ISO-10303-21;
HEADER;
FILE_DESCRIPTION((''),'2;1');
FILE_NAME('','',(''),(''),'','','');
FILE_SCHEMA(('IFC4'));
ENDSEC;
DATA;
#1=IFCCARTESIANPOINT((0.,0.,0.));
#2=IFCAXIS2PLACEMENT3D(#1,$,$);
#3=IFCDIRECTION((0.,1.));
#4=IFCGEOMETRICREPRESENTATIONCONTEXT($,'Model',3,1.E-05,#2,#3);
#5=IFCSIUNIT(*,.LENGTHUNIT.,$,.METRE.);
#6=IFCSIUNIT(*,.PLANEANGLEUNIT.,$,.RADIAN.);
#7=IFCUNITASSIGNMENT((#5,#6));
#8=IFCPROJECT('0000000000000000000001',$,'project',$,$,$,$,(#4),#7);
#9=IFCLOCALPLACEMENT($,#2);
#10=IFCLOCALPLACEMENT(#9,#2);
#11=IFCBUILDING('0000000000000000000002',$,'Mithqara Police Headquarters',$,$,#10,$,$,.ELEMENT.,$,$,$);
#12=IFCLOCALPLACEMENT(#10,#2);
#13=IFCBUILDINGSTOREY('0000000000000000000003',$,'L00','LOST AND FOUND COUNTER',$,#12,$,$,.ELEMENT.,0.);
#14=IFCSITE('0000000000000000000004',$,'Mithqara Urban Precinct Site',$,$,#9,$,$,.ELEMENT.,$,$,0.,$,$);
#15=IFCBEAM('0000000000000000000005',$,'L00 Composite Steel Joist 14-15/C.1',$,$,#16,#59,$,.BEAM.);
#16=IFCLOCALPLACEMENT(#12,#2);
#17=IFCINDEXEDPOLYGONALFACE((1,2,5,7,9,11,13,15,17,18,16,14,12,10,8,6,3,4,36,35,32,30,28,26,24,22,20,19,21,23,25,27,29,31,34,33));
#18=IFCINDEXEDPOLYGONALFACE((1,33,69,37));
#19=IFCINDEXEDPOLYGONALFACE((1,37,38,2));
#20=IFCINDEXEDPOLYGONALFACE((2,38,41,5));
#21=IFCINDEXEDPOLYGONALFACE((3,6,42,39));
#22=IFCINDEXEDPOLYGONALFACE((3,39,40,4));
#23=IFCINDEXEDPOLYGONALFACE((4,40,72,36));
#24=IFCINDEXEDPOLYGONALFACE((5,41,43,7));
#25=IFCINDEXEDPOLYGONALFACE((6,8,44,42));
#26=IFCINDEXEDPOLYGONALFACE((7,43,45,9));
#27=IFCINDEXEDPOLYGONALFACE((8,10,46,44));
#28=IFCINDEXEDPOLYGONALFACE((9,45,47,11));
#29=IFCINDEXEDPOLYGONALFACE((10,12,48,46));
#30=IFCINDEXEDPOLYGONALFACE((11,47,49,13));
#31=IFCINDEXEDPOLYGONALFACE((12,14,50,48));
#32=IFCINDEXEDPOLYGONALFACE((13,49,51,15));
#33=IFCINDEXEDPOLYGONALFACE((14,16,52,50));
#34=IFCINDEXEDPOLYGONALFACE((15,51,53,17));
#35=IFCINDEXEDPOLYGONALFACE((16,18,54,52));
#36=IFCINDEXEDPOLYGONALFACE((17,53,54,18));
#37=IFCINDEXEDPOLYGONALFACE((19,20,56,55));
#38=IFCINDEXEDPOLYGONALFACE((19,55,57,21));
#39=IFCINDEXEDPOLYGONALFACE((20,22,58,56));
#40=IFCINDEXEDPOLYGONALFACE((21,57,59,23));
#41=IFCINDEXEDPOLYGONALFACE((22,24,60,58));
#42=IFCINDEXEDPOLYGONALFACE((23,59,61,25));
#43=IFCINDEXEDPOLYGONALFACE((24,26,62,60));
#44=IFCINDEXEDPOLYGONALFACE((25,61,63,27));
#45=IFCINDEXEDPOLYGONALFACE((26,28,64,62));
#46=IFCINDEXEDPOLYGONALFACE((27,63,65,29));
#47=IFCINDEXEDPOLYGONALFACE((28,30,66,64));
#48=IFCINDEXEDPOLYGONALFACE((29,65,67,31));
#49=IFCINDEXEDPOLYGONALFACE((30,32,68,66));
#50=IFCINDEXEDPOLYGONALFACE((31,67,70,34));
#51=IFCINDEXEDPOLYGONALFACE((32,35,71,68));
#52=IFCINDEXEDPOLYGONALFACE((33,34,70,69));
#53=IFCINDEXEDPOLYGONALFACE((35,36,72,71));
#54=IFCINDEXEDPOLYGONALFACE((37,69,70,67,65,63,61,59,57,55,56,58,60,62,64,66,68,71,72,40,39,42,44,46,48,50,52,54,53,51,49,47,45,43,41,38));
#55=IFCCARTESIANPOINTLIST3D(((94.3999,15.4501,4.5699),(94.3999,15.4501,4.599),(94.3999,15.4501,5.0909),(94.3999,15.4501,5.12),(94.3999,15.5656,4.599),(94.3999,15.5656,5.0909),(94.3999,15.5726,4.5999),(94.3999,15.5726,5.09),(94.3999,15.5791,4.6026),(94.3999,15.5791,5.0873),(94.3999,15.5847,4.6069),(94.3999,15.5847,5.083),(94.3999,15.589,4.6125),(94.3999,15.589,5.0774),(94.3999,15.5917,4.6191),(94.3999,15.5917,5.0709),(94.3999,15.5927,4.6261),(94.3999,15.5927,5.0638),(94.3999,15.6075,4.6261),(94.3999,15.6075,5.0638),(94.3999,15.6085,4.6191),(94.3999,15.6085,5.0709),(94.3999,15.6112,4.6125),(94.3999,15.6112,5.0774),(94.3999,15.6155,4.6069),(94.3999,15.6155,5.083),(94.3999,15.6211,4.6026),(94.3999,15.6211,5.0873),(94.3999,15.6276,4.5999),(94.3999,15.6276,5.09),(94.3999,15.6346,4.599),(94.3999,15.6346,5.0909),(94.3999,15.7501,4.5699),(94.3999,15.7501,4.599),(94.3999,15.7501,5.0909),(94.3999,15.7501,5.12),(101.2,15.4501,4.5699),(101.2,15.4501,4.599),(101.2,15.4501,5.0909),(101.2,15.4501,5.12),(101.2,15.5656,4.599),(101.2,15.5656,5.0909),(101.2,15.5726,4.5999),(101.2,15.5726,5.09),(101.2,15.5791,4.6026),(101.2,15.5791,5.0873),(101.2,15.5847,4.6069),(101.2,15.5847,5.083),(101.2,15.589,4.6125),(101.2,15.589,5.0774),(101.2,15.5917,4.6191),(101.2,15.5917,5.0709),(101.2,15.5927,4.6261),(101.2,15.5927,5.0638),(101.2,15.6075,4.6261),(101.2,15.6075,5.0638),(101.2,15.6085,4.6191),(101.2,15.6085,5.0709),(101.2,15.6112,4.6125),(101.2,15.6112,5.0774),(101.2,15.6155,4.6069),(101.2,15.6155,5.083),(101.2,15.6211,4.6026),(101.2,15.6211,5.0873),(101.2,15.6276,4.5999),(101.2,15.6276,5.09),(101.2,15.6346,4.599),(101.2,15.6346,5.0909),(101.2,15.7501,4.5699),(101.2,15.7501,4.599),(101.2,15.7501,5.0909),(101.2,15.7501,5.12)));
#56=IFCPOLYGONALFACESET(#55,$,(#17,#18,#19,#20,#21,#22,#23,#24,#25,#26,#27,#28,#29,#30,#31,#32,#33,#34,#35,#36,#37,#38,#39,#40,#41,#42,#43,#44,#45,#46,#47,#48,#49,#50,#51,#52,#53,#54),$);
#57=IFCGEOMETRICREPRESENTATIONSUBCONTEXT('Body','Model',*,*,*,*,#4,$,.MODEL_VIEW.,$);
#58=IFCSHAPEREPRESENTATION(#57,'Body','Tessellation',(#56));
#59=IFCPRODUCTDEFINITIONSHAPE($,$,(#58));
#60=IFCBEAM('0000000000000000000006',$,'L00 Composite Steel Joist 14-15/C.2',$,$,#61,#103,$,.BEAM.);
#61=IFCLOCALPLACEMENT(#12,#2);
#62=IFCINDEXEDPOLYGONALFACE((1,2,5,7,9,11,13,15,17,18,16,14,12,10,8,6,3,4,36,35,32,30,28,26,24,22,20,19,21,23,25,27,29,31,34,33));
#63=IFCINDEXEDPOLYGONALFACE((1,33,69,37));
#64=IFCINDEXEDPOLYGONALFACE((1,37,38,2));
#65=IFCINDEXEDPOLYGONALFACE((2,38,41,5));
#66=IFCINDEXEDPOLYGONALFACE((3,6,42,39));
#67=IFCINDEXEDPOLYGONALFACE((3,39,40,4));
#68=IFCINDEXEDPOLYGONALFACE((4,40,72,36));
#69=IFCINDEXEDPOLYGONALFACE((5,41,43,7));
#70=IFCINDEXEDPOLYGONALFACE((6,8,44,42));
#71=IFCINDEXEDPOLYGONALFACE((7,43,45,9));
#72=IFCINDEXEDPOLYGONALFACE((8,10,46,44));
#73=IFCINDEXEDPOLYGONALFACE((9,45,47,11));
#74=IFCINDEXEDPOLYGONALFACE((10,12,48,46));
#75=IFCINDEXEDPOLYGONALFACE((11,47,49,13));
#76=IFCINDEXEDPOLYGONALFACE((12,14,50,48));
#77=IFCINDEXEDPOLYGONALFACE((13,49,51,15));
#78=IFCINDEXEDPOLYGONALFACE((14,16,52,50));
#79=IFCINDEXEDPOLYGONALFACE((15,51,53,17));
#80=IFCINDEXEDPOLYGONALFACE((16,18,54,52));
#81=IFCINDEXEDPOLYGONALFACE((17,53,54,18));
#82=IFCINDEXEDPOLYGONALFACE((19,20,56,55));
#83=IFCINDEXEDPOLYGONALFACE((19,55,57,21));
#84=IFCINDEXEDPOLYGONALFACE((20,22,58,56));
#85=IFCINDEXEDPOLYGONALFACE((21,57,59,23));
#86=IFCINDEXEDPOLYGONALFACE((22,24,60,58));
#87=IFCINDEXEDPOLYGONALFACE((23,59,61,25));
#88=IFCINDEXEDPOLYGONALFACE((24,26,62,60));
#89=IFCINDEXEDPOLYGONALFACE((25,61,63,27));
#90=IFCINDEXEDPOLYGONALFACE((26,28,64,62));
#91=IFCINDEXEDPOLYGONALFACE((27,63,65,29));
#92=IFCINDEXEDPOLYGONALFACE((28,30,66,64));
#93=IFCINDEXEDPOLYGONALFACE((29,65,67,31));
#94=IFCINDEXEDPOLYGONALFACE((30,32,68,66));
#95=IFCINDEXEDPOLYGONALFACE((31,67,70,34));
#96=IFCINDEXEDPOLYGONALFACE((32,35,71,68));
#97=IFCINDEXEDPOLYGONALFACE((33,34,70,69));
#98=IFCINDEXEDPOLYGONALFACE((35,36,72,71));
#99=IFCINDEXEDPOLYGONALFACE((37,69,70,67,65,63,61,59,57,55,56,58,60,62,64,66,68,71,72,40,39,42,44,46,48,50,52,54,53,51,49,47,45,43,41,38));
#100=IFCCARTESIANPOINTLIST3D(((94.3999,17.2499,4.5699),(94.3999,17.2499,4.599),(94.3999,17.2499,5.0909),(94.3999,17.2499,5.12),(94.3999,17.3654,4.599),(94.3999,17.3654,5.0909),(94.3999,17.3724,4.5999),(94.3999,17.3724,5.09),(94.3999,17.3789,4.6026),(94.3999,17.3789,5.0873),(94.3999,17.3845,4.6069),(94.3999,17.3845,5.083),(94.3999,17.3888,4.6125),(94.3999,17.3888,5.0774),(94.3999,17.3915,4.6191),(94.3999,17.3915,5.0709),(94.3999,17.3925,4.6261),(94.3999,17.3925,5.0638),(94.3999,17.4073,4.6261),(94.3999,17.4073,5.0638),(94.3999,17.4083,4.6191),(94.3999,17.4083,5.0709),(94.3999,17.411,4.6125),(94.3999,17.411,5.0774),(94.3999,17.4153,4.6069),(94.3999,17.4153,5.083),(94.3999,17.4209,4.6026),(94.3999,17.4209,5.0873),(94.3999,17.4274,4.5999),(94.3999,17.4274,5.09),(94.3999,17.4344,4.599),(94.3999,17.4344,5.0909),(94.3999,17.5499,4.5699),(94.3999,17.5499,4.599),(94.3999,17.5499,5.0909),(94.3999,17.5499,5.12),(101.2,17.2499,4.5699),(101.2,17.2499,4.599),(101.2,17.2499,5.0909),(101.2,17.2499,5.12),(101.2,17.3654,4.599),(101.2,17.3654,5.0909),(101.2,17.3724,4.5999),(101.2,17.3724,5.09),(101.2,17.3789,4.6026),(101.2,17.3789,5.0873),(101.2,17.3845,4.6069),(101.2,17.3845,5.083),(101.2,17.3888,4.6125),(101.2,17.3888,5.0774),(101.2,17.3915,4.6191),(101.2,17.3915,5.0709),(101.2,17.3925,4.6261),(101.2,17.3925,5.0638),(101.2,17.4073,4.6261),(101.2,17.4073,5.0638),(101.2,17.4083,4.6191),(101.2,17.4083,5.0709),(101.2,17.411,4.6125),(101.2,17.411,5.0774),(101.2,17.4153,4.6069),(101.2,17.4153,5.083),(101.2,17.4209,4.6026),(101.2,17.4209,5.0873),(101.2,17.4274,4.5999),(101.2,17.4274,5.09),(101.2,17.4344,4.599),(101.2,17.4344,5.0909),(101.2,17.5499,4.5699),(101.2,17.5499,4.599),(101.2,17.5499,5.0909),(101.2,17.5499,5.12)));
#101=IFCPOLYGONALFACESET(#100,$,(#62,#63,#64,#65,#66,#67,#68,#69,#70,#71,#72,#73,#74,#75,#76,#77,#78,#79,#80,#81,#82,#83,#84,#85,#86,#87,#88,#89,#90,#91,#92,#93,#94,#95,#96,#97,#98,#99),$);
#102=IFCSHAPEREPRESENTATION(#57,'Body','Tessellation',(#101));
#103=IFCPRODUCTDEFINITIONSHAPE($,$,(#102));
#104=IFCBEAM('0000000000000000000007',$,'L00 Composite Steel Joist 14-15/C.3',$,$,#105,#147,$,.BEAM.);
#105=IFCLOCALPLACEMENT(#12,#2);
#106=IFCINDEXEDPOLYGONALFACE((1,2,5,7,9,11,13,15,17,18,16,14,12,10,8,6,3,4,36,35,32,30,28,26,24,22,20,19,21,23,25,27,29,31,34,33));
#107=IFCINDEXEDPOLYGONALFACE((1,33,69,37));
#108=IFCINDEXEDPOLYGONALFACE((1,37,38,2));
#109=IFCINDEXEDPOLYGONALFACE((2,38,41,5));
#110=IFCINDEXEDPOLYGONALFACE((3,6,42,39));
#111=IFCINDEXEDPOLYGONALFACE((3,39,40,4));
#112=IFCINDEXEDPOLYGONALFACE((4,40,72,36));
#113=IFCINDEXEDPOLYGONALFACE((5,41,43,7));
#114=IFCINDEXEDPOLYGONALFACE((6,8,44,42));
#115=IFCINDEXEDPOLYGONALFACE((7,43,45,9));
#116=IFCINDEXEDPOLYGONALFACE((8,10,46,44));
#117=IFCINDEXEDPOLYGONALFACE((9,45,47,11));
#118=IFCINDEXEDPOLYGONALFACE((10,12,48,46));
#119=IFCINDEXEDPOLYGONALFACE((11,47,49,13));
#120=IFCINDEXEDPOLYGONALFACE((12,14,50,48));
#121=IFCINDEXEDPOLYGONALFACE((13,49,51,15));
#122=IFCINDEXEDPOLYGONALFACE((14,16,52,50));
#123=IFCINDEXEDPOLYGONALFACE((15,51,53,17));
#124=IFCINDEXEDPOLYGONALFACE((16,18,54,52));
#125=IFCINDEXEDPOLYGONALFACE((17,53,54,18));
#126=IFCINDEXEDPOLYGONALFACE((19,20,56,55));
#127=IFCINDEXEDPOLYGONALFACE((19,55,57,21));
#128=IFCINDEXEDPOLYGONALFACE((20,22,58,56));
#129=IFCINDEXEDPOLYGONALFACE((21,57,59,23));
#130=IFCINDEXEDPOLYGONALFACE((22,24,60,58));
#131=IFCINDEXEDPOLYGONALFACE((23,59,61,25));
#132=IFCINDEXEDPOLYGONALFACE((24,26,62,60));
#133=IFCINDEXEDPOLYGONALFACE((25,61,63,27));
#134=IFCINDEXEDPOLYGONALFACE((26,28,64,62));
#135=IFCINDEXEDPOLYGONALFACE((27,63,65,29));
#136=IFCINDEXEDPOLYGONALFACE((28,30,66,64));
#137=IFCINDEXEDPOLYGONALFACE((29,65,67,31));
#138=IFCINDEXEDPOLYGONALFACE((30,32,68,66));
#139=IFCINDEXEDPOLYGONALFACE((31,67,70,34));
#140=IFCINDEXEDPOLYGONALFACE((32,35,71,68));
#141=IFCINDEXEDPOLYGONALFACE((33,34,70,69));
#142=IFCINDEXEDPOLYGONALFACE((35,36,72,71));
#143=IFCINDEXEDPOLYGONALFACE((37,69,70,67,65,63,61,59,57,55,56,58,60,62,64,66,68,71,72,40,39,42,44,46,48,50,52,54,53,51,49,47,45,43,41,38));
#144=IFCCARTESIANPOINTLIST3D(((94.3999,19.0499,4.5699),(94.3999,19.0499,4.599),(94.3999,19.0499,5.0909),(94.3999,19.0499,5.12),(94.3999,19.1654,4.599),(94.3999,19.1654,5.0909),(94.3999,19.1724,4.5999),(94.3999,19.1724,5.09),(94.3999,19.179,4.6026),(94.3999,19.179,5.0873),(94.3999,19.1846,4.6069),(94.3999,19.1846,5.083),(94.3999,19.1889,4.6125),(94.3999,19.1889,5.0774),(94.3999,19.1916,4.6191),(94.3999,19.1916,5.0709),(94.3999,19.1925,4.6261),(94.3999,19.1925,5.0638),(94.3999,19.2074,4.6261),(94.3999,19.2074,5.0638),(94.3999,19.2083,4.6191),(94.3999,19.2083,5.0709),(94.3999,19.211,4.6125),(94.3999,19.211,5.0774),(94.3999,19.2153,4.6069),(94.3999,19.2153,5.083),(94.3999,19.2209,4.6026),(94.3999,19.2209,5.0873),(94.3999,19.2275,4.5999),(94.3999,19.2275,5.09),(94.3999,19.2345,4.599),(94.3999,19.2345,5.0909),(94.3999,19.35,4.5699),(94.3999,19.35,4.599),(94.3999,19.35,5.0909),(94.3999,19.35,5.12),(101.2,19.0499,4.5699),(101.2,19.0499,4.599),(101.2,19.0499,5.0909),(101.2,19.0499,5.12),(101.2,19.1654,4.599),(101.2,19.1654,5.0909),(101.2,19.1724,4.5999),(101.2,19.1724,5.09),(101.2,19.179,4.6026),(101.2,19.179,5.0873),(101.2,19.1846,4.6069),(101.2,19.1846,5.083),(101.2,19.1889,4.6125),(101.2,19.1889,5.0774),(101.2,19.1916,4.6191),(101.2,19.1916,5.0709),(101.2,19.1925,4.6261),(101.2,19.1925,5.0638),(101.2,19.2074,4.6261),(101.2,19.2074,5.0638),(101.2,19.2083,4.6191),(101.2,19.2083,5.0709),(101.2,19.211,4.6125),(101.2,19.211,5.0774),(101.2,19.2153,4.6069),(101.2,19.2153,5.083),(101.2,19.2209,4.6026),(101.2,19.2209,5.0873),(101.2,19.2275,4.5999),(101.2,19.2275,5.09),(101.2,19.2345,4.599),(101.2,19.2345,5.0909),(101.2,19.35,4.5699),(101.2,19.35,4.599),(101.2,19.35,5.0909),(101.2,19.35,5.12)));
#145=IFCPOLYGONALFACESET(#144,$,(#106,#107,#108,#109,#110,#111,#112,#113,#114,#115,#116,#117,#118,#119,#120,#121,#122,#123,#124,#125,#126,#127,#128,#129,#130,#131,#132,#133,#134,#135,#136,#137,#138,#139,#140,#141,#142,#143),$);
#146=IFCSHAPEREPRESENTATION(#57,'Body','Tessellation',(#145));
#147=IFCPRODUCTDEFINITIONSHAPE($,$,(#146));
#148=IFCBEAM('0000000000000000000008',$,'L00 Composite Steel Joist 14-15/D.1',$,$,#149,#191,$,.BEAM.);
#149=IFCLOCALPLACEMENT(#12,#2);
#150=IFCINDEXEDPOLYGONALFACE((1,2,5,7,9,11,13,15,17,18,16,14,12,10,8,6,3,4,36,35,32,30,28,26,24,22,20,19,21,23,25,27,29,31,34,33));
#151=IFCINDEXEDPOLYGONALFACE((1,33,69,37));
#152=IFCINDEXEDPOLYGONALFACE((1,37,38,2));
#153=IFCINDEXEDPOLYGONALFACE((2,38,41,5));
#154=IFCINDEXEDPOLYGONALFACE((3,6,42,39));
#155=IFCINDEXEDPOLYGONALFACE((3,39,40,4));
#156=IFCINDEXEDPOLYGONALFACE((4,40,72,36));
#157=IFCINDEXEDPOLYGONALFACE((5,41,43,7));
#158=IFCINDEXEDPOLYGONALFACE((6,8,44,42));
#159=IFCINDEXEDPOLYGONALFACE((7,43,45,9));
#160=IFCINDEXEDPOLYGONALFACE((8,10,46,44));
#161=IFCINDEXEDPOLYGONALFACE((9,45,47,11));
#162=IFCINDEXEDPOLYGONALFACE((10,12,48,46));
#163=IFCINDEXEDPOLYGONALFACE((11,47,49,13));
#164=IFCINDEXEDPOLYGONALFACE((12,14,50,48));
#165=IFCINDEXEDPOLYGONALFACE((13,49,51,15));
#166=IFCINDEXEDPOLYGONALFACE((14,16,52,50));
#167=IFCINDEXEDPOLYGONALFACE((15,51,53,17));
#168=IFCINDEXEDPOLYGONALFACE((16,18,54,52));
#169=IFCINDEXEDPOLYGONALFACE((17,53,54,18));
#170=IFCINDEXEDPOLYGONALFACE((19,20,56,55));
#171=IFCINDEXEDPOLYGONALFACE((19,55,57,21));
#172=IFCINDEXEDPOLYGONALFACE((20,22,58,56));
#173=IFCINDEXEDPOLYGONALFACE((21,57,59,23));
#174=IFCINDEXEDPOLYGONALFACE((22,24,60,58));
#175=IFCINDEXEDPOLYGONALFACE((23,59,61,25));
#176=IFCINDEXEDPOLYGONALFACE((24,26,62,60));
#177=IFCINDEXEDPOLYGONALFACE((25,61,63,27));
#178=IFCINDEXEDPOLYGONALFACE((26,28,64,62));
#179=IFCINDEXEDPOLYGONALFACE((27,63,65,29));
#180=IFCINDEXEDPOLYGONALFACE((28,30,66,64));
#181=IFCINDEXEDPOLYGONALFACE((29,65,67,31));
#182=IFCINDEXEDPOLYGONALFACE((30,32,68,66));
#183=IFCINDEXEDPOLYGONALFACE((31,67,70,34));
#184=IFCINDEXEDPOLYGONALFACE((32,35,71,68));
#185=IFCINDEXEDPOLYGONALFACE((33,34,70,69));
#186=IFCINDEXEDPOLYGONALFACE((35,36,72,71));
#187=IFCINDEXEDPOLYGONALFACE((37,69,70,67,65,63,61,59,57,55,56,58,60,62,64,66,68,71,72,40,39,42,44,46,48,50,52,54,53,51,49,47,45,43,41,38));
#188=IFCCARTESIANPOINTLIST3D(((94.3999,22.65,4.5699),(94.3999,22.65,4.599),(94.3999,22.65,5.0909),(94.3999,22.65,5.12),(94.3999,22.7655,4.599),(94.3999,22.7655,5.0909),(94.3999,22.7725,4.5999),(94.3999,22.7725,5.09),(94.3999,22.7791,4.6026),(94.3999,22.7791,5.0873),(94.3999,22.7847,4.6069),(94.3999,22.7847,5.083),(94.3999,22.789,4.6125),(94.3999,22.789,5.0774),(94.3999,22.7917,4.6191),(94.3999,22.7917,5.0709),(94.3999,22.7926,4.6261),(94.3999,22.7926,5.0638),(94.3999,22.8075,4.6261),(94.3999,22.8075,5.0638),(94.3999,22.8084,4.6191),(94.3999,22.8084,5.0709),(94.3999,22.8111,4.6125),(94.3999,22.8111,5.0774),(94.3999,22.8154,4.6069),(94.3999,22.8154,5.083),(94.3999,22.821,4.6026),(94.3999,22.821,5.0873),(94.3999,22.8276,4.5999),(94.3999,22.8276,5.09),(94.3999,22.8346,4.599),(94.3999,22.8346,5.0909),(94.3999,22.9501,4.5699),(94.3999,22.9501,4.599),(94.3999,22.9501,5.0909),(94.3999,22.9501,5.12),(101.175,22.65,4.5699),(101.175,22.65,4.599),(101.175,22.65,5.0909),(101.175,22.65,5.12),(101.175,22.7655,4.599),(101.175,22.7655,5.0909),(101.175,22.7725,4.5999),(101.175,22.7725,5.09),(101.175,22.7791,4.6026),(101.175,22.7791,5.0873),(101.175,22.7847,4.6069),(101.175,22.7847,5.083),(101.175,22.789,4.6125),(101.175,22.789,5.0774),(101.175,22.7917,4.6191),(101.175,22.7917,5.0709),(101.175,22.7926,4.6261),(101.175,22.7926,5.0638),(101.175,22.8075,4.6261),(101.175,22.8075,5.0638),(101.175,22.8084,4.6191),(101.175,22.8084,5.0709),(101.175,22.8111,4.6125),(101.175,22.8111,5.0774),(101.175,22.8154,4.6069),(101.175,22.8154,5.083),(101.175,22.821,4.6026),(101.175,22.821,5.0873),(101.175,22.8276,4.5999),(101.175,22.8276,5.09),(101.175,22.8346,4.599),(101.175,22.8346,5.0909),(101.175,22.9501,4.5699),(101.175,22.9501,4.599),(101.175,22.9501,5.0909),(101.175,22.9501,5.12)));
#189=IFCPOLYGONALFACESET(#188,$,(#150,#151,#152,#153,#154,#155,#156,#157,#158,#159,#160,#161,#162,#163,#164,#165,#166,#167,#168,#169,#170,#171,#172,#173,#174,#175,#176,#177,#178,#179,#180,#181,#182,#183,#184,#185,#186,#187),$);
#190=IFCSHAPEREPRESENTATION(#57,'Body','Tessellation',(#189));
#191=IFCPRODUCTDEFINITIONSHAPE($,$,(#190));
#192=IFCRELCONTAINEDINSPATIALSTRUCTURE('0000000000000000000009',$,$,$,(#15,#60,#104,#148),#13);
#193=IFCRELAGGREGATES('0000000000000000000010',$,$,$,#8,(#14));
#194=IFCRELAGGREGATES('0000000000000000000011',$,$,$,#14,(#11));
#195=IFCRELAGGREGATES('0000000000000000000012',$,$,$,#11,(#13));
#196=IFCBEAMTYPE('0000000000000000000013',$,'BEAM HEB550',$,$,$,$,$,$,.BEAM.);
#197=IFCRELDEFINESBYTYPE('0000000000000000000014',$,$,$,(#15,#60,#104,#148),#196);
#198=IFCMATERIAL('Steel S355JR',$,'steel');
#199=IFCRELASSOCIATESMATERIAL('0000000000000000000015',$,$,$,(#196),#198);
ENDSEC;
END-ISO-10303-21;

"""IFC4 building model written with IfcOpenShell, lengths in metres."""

from ifc_helpers import new_model, si_unit, direction, frame, origin, origin_2d, place, context, subcontext, project, spatial, i_section, extrude, material, material_profile, profile_set, type_object, element, save


model = new_model("IFC4")

# Units and contexts
model_context = context("Model", 3, precision=1e-05, world=origin(), true_north=direction((0.0, 1.0)))
body_context = subcontext(model_context, "Body", "Model", "MODEL_VIEW")
ifc_project = project(units=[si_unit("LENGTHUNIT", "METRE"), si_unit("PLANEANGLEUNIT", "RADIAN")], contexts=[model_context])

# Site, building, storey
site_placement = place(None, origin())
site = spatial("IfcSite", under=ifc_project, at=site_placement, Name="Mithqara Urban Precinct Site", CompositionType="ELEMENT", RefElevation=0.0)
building_placement = place(site_placement, origin())
building = spatial("IfcBuilding", under=site, at=building_placement, Name="Mithqara Police Headquarters", CompositionType="ELEMENT")
storey_placement = place(building_placement, origin())
storey = spatial("IfcBuildingStorey", under=building, at=storey_placement, Name="L00", Description="LOST AND FOUND COUNTER", CompositionType="ELEMENT", Elevation=0.0)

# Beams
ifc_material_1 = material(Name="Steel S355JR", Category="steel")
ifc_material_profile_1 = material_profile(ifc_material_1, i_section(OverallWidth=0.3, OverallDepth=0.55, WebThickness=0.0149, FlangeThickness=0.0291, FilletRadius=0.0271, at=origin_2d()), Name="HEB 550")
ifc_profile_set_1 = profile_set([ifc_material_profile_1], Name="Steel S355JR")
beam_type_1 = type_object("IfcBeamType", Name="BEAM HEB550", PredefinedType="BEAM", material=ifc_profile_set_1)
for number, where, z_axis, x_axis, name in (
    (1, (94.3999, 15.6001, 4.845), (1.0, 0.0, 0.0), (0.0, 1.0, 0.0), "L00 Composite Steel Joist 14-15/C.1"),
    (2, (94.3999, 17.3999, 4.845), (1.0, 0.0, 0.0), (0.0, 1.0, 0.0), "L00 Composite Steel Joist 14-15/C.2"),
    (3, (94.3999, 19.2, 4.845), (1.0, 0.0, 0.0), (0.0, 1.0, 0.0), "L00 Composite Steel Joist 14-15/C.3"),
):
    element("IfcBeam", number, at=place(storey_placement, frame(where, z_axis=z_axis, x_axis=x_axis)), inside=storey, type_object=beam_type_1, Name=name, PredefinedType="BEAM", context=body_context, shape_type="SweptSolid", body=[
        extrude(i_section(OverallWidth=0.3, OverallDepth=0.55, WebThickness=0.0149, FlangeThickness=0.0291, FilletRadius=0.0271, at=origin_2d()), origin(), (0.0, 0.0, 1.0), 6.8),
    ])
beam_1_placement = place(storey_placement, frame((94.3999, 22.8, 4.845), z_axis=(1.0, 0.0, 0.0), x_axis=(0.0, 1.0, 0.0)))
element("IfcBeam", 4, at=beam_1_placement, inside=storey, type_object=beam_type_1, Name="L00 Composite Steel Joist 14-15/D.1", PredefinedType="BEAM", context=body_context, shape_type="SweptSolid", body=[
    extrude(i_section(OverallWidth=0.3, OverallDepth=0.55, WebThickness=0.0149, FlangeThickness=0.0291, FilletRadius=0.0271, at=origin_2d()), origin(), (0.0, 0.0, 1.0), 6.7751),
])

save(model, "model.ifc")
